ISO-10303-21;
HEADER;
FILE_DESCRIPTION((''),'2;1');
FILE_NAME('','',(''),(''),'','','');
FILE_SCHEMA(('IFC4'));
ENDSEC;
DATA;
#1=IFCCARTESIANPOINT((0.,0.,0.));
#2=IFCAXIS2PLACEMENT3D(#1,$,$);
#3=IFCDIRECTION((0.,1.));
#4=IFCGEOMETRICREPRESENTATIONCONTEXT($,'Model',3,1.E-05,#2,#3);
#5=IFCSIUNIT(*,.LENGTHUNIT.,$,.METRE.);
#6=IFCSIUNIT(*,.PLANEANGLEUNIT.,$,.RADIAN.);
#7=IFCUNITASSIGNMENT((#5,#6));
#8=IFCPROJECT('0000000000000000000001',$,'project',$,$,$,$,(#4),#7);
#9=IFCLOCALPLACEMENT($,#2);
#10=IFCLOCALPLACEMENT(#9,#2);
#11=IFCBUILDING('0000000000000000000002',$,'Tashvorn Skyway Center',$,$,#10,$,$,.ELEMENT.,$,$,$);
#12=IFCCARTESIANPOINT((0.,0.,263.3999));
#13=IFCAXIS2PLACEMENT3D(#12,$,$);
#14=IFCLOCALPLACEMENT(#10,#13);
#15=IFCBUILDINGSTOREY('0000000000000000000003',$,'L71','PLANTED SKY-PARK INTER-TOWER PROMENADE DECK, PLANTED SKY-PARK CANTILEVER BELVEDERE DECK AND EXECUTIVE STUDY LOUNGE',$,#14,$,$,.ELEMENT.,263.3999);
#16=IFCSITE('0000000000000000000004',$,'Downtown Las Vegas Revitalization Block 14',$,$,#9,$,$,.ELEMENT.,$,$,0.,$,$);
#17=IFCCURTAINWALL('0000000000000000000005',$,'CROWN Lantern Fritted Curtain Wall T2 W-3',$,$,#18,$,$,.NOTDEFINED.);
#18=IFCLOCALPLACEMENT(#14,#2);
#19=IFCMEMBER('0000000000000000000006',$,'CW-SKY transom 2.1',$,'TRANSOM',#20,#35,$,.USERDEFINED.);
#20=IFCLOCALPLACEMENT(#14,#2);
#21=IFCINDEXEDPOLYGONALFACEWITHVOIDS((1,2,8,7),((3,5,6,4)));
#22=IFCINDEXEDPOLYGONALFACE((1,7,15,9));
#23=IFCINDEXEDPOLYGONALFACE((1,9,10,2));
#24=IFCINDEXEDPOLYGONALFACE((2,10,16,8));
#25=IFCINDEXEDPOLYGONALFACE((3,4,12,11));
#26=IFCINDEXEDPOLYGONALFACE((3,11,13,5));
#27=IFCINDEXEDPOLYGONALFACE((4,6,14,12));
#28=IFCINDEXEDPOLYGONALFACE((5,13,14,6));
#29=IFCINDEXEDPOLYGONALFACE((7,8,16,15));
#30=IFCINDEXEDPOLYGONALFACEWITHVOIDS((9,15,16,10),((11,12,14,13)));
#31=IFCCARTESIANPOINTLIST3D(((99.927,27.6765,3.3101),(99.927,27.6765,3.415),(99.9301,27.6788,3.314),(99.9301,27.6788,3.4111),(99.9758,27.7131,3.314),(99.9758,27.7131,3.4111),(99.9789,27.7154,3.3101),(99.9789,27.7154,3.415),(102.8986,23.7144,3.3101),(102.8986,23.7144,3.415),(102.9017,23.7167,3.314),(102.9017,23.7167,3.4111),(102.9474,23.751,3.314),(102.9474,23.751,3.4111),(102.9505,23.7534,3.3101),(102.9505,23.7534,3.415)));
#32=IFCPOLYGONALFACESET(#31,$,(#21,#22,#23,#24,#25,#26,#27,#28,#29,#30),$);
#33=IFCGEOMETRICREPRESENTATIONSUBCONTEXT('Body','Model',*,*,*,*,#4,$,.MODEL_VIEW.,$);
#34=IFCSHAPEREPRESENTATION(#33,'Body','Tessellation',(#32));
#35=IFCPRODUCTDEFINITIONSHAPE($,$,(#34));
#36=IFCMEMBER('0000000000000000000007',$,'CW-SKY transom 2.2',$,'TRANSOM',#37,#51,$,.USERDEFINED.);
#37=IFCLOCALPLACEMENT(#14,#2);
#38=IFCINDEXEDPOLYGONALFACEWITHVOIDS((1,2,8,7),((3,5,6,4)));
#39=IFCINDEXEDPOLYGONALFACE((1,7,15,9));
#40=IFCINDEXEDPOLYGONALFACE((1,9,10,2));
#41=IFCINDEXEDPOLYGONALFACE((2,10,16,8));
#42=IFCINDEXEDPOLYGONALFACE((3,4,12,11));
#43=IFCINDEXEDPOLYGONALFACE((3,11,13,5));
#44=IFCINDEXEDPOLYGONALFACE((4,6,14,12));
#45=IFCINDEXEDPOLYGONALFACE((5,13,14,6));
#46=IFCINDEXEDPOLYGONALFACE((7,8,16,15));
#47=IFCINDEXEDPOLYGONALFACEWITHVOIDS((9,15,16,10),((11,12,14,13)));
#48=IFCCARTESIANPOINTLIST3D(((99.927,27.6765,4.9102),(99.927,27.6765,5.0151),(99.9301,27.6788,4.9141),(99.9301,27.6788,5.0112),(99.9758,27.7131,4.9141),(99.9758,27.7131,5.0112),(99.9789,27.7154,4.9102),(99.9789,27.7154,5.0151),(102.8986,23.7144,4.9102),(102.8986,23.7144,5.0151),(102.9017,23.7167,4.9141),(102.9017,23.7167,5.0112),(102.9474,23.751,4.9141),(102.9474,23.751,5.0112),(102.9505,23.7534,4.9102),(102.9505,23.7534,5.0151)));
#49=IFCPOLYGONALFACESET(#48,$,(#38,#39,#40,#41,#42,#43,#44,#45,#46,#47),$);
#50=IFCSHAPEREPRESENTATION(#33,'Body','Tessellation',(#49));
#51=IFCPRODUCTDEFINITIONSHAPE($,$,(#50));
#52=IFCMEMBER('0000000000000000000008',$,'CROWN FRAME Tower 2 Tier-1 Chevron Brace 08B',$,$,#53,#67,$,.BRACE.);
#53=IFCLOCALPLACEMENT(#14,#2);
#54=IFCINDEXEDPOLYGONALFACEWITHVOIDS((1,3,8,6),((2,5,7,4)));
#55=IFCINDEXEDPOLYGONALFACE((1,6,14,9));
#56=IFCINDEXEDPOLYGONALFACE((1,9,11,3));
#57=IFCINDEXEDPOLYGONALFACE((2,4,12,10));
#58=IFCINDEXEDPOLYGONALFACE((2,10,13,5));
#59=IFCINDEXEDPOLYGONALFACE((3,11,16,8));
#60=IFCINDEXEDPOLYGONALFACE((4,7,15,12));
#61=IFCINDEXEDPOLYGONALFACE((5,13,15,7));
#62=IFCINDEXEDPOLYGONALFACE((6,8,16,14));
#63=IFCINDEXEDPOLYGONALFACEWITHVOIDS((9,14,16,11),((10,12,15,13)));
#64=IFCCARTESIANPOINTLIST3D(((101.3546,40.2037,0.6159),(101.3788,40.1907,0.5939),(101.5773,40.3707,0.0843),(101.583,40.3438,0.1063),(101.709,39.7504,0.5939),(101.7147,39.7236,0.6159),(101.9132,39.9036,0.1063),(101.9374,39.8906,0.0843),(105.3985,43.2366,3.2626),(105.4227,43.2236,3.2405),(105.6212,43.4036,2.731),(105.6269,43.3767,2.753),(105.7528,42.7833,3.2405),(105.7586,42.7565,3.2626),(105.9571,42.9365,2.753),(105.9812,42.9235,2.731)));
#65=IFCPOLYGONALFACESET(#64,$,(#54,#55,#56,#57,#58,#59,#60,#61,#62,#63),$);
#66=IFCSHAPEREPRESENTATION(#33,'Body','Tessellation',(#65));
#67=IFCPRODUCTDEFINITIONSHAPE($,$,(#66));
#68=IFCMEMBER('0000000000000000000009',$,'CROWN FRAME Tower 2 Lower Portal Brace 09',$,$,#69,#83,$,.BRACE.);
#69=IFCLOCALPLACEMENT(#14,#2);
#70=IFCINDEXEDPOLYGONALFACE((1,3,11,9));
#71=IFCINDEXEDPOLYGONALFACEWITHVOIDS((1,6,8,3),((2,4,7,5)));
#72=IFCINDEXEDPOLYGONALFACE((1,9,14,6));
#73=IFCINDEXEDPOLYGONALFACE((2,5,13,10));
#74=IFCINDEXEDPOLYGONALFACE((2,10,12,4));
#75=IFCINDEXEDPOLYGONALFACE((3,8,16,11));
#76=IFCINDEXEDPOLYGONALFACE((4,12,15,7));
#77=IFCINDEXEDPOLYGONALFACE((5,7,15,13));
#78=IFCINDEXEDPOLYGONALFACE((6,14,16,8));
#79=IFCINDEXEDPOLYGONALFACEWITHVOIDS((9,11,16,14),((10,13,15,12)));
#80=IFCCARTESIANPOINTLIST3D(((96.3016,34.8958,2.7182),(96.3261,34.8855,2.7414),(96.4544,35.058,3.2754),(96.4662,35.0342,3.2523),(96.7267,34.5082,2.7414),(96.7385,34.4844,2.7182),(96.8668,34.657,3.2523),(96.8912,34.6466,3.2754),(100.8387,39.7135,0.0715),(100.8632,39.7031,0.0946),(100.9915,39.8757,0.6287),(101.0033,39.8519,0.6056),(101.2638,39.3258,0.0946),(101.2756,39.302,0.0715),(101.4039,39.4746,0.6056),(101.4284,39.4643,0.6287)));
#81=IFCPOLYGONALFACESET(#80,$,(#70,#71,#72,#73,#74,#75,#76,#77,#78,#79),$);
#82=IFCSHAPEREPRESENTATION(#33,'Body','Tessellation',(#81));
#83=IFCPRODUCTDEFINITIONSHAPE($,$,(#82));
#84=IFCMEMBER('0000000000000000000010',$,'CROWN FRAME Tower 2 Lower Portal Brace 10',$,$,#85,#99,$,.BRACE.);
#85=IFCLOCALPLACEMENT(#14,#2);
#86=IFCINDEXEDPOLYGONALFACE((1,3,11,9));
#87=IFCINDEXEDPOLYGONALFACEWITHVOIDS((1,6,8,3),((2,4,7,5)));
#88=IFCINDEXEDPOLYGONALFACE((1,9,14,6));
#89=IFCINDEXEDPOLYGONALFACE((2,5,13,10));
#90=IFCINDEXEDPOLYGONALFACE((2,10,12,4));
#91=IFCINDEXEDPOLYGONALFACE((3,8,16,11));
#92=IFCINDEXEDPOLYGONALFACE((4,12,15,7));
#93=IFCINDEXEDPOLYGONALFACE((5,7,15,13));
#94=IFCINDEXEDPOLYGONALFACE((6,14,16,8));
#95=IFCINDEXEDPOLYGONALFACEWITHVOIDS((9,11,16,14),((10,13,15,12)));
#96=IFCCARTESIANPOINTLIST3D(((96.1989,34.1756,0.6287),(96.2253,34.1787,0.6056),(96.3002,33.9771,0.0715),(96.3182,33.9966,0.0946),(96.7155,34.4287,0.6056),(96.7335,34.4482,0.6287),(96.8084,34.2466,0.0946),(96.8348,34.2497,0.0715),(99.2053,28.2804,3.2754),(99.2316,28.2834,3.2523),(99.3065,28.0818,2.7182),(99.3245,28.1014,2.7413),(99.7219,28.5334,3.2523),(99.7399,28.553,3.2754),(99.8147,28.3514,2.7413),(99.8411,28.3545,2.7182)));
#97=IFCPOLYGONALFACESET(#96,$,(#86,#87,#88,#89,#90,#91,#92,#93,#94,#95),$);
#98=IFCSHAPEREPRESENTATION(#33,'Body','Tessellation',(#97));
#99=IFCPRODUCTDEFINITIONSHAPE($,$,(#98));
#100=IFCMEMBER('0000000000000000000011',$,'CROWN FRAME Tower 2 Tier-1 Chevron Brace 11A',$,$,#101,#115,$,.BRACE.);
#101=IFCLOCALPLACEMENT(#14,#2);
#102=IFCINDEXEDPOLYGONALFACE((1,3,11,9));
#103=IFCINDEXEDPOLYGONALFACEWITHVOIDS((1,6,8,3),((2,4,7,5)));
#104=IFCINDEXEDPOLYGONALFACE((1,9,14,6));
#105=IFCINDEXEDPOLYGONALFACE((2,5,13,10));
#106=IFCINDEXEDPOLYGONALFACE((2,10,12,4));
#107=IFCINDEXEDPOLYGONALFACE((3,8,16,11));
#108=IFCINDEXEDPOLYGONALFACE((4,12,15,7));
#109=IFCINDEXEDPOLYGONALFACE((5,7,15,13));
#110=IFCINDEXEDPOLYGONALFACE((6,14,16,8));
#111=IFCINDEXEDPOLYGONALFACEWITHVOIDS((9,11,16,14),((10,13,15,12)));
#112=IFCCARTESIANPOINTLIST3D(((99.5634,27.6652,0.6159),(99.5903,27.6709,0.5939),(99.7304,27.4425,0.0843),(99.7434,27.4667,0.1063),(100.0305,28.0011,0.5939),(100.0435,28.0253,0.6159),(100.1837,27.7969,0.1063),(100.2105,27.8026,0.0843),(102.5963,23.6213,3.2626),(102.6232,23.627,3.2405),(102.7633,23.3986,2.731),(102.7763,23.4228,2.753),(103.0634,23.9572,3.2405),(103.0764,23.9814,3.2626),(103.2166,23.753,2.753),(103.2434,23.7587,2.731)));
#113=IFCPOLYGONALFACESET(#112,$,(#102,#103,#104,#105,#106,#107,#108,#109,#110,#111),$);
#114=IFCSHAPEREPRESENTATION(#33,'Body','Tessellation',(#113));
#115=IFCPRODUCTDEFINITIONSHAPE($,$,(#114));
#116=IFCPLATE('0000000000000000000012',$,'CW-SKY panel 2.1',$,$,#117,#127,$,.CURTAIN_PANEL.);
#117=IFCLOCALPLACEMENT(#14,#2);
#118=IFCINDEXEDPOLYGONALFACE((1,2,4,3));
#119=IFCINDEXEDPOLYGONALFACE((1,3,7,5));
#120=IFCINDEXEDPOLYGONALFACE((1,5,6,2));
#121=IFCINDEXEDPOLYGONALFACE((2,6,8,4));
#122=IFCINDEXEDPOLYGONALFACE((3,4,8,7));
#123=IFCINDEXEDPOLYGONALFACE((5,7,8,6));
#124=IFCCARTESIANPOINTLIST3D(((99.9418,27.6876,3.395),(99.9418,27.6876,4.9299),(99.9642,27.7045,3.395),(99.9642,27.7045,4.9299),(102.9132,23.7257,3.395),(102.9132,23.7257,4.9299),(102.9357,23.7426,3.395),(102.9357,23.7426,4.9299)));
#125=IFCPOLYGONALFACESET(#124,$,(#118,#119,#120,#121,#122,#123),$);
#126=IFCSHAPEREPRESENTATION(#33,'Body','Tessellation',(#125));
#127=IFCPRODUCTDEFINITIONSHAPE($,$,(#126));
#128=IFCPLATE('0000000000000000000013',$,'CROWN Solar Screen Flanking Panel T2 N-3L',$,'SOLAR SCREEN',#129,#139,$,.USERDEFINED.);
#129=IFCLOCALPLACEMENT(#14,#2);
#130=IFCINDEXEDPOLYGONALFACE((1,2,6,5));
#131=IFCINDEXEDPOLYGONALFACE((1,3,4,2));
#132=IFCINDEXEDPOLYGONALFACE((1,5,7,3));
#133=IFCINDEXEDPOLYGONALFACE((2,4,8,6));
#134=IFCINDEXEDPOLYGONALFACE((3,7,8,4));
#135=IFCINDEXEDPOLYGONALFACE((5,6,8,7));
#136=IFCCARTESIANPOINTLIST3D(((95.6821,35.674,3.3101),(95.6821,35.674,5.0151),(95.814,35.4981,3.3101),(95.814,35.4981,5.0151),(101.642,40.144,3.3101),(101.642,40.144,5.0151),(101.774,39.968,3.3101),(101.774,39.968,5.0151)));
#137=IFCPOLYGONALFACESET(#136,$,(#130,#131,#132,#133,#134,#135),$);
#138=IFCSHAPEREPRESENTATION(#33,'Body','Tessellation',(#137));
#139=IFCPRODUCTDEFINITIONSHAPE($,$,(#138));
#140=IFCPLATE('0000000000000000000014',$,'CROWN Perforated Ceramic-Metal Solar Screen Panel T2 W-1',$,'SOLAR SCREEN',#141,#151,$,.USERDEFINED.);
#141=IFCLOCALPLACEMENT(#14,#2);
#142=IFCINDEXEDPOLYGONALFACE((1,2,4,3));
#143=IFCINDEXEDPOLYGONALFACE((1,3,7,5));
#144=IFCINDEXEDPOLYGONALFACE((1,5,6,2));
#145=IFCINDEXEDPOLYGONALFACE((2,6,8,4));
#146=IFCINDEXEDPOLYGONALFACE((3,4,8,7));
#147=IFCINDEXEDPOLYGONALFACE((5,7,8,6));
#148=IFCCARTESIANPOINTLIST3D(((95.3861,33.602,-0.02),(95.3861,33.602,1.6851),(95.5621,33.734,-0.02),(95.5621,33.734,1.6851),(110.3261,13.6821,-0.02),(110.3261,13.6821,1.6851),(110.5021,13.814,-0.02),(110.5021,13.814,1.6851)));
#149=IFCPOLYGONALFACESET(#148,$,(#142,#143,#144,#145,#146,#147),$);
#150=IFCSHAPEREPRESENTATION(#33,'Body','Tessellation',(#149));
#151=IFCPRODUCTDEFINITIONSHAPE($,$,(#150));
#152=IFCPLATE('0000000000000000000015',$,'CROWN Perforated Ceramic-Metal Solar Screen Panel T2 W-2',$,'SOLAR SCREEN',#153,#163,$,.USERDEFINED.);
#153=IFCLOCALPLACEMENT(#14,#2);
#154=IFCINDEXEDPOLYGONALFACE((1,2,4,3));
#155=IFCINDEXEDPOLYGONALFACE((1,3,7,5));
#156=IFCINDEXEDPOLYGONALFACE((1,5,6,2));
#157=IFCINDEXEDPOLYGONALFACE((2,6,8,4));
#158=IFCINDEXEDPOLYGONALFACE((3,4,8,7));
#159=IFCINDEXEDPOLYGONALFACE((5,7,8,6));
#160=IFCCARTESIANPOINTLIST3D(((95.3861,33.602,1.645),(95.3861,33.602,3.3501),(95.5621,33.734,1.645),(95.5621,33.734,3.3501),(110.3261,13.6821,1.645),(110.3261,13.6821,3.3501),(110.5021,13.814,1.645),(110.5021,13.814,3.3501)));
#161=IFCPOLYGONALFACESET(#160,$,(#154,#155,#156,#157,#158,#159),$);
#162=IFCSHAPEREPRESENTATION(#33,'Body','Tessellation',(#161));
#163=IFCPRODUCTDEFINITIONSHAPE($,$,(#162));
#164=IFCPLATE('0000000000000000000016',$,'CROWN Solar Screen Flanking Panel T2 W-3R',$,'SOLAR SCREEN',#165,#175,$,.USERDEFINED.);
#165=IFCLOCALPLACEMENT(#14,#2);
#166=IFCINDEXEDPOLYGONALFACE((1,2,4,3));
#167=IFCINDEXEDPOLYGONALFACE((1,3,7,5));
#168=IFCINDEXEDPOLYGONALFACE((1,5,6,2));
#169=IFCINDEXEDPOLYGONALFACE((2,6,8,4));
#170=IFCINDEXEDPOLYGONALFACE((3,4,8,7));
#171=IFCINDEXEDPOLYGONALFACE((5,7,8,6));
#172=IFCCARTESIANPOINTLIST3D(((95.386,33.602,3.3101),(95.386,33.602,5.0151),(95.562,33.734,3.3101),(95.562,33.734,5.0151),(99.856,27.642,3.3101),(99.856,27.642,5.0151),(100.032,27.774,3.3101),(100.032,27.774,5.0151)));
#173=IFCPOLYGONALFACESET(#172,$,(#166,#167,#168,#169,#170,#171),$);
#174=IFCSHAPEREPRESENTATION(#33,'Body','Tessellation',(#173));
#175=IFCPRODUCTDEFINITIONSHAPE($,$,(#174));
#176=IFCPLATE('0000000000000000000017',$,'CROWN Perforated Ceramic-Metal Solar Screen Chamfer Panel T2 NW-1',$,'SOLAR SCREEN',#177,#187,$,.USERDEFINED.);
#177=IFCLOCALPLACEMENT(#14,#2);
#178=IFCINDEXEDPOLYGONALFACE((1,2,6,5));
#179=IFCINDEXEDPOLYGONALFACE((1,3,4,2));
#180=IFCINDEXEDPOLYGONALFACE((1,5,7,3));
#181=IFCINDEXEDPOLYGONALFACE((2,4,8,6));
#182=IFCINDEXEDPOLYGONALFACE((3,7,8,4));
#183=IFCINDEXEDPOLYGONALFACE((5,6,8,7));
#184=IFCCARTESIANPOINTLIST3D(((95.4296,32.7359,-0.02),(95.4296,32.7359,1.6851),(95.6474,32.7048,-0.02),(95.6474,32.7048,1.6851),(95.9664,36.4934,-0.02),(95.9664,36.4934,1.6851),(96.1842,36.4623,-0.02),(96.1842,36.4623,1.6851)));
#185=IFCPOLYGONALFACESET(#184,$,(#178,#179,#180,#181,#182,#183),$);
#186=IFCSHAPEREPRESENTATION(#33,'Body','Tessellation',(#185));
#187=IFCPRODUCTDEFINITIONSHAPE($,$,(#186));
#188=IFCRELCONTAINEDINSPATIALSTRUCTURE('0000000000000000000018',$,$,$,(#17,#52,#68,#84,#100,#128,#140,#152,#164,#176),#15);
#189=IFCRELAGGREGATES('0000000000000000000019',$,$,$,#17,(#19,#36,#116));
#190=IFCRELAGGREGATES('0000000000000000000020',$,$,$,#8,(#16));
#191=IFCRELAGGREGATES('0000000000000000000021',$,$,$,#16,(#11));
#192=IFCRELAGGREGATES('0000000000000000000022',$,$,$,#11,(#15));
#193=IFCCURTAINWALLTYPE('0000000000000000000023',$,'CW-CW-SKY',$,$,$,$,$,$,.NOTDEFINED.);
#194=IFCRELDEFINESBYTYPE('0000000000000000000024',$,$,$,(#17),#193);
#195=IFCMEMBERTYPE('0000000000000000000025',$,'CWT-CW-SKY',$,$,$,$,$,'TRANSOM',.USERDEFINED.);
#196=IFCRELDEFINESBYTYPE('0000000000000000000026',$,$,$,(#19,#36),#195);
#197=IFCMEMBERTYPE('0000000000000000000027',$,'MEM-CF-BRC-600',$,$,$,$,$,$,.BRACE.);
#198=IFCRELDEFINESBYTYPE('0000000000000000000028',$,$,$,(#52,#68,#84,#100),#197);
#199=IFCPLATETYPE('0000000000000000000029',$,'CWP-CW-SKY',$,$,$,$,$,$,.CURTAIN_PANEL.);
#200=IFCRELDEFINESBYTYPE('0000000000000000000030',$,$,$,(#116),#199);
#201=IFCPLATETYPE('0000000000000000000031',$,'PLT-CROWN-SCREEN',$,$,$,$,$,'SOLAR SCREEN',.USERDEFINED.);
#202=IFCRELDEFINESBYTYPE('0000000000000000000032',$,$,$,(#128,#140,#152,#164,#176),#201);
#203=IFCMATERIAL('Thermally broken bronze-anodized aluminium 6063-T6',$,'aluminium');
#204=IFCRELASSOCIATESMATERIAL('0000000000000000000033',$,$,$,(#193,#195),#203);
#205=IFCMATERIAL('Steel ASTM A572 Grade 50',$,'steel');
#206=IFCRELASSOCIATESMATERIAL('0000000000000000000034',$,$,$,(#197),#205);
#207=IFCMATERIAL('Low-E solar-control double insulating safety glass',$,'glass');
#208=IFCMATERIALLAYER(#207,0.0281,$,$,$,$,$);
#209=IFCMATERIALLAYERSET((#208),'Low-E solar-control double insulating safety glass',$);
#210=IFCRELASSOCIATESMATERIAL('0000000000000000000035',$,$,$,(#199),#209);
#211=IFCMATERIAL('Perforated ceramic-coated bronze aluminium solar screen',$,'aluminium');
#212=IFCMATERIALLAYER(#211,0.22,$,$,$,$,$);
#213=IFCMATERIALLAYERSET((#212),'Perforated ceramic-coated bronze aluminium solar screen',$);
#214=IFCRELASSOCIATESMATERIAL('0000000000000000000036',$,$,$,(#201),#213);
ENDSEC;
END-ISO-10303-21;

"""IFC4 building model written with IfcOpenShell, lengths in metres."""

from ifc_helpers import new_model, si_unit, direction, frame, origin, origin_2d, place, context, subcontext, project, spatial, rectangle, hollow_rectangle, extrude, material, layer, layer_set, material_profile, profile_set, type_object, element, aggregate, save


model = new_model("IFC4")

# Units and contexts
model_context = context("Model", 3, precision=1e-05, world=origin(), true_north=direction((0.0, 1.0)))
body_context = subcontext(model_context, "Body", "Model", "MODEL_VIEW")
ifc_project = project(units=[si_unit("LENGTHUNIT", "METRE"), si_unit("PLANEANGLEUNIT", "RADIAN")], contexts=[model_context])

# Site, building, storey
site_placement = place(None, origin())
site = spatial("IfcSite", under=ifc_project, at=site_placement, Name="Downtown Las Vegas Revitalization Block 14", CompositionType="ELEMENT", RefElevation=0.0)
building_placement = place(site_placement, origin())
building = spatial("IfcBuilding", under=site, at=building_placement, Name="Tashvorn Skyway Center", CompositionType="ELEMENT")
storey_placement = place(building_placement, frame((0.0, 0.0, 263.3999)))
storey = spatial("IfcBuildingStorey", under=building, at=storey_placement, Name="L71", Description="PLANTED SKY-PARK INTER-TOWER PROMENADE DECK, PLANTED SKY-PARK CANTILEVER BELVEDERE DECK AND EXECUTIVE STUDY LOUNGE", CompositionType="ELEMENT", Elevation=263.3999)

# Shared definitions
ifc_material_1 = material(Name="Steel ASTM A572 Grade 50", Category="steel")

# Shared definitions
ifc_material_2 = material(Name="Thermally broken bronze-anodized aluminium 6063-T6", Category="aluminium")
curtain_wall_type = type_object("IfcCurtainWallType", Name="CW-CW-SKY", PredefinedType="NOTDEFINED", material=ifc_material_2)

# Curtain wall
curtain_wall_1_placement = place(storey_placement, origin())
curtain_wall_1 = element("IfcCurtainWall", 1, at=curtain_wall_1_placement, inside=storey, type_object=curtain_wall_type, Name="CROWN Lantern Fritted Curtain Wall T2 W-3", PredefinedType="NOTDEFINED")

# Members
ifc_material_profile_1 = material_profile(ifc_material_2, hollow_rectangle(XDim=0.0649, YDim=0.105, WallThickness=0.0039, at=origin_2d()), Name="ALU-TRAN-65x105")
ifc_profile_set_1 = profile_set([ifc_material_profile_1], Name="Thermally broken bronze-anodized aluminium 6063-T6")
member_type_1 = type_object("IfcMemberType", Name="CWT-CW-SKY", ElementType="TRANSOM", PredefinedType="USERDEFINED", material=ifc_profile_set_1)
member_1_placement = place(storey_placement, frame((102.9246, 23.7339, 3.3625), z_axis=(-0.600008, 0.799994, 0.0), x_axis=(-0.799994, -0.600008, 0.0)))
member_1 = element("IfcMember", 2, at=member_1_placement, type_object=member_type_1, Name="CW-SKY transom 2.1", ObjectType="TRANSOM", PredefinedType="USERDEFINED", context=body_context, shape_type="SweptSolid", body=[
    extrude(hollow_rectangle(XDim=0.0649, YDim=0.105, WallThickness=0.0039, at=origin_2d()), origin(), (0.0, 0.0, 1.0), 4.9526),
])
member_2_placement = place(storey_placement, frame((102.9246, 23.7339, 4.9626), z_axis=(-0.600008, 0.799994, 0.0), x_axis=(-0.799994, -0.600008, 0.0)))
member_2 = element("IfcMember", 3, at=member_2_placement, type_object=member_type_1, Name="CW-SKY transom 2.2", ObjectType="TRANSOM", PredefinedType="USERDEFINED", context=body_context, shape_type="SweptSolid", body=[
    extrude(hollow_rectangle(XDim=0.0649, YDim=0.105, WallThickness=0.0039, at=origin_2d()), origin(), (0.0, 0.0, 1.0), 4.9526),
])

# Members
ifc_material_profile_2 = material_profile(ifc_material_1, hollow_rectangle(XDim=0.6001, YDim=0.6001, WallThickness=0.0249, at=origin_2d()), Name="BOX600x600x25")
ifc_profile_set_2 = profile_set([ifc_material_profile_2], Name="Steel ASTM A572 Grade 50")
member_type_2 = type_object("IfcMemberType", Name="MEM-CF-BRC-600", PredefinedType="BRACE", material=ifc_profile_set_2)
member_3_placement = place(storey_placement, frame((101.646, 40.0471, 0.3501), z_axis=(0.708728, 0.531546, 0.463857), x_axis=(-0.6, 0.8, 0.0)))
element("IfcMember", 4, at=member_3_placement, inside=storey, type_object=member_type_2, Name="CROWN FRAME Tower 2 Tier-1 Chevron Brace 08B", PredefinedType="BRACE", context=body_context, shape_type="SweptSolid", body=[
    extrude(hollow_rectangle(XDim=0.6001, YDim=0.6001, WallThickness=0.0249, at=origin_2d()), origin(), (0.0, 0.0, 1.0), 5.7058),
])
member_4_placement = place(storey_placement, frame((101.1335, 39.5889, 0.3501), z_axis=(-0.636571, -0.675929, 0.371345), x_axis=(0.727983, -0.685595, 0.0)))
element("IfcMember", 5, at=member_4_placement, inside=storey, type_object=member_type_2, Name="CROWN FRAME Tower 2 Lower Portal Brace 09", PredefinedType="BRACE", context=body_context, shape_type="SweptSolid", body=[
    extrude(hollow_rectangle(XDim=0.6001, YDim=0.6001, WallThickness=0.0249, at=origin_2d()), origin(), (0.0, 0.0, 1.0), 7.1274),
])
member_5_placement = place(storey_placement, frame((96.5168, 34.2126, 0.3501), z_axis=(0.421811, -0.827146, 0.371354), x_axis=(0.89085, 0.454298, 0.0)))
element("IfcMember", 6, at=member_5_placement, inside=storey, type_object=member_type_2, Name="CROWN FRAME Tower 2 Lower Portal Brace 10", PredefinedType="BRACE", context=body_context, shape_type="SweptSolid", body=[
    extrude(hollow_rectangle(XDim=0.6001, YDim=0.6001, WallThickness=0.0249, at=origin_2d()), origin(), (0.0, 0.0, 1.0), 7.1272),
])
member_6_placement = place(storey_placement, frame((99.887, 27.7339, 0.3501), z_axis=(0.531546, -0.708728, 0.463857), x_axis=(0.8, 0.6, 0.0)))
element("IfcMember", 7, at=member_6_placement, inside=storey, type_object=member_type_2, Name="CROWN FRAME Tower 2 Tier-1 Chevron Brace 11A", PredefinedType="BRACE", context=body_context, shape_type="SweptSolid", body=[
    extrude(hollow_rectangle(XDim=0.6001, YDim=0.6001, WallThickness=0.0249, at=origin_2d()), origin(), (0.0, 0.0, 1.0), 5.7058),
])

# Plate
ifc_material_3 = material(Name="Low-E solar-control double insulating safety glass", Category="glass")
ifc_layer_1 = layer(ifc_material_3, 0.0281)
ifc_layer_set_1 = layer_set([ifc_layer_1], Name="Low-E solar-control double insulating safety glass")
plate_type_1 = type_object("IfcPlateType", Name="CWP-CW-SKY", PredefinedType="CURTAIN_PANEL", material=ifc_layer_set_1)
plate_1_placement = place(storey_placement, frame((101.4387, 25.7151, 3.395), z_axis=(0.0, 0.0, 1.0), x_axis=(-0.6, 0.8, 0.0)))
plate_1 = element("IfcPlate", 8, at=plate_1_placement, type_object=plate_type_1, Name="CW-SKY panel 2.1", PredefinedType="CURTAIN_PANEL", context=body_context, shape_type="SweptSolid", body=[
    extrude(rectangle(XDim=4.9524, YDim=0.0281, at=origin_2d()), origin(), (0.0, 0.0, 1.0), 1.5349),
])
aggregate(curtain_wall_1, [member_1, member_2, plate_1])

# Plates
ifc_material_4 = material(Name="Perforated ceramic-coated bronze aluminium solar screen", Category="aluminium")
ifc_layer_2 = layer(ifc_material_4, 0.22)
ifc_layer_set_2 = layer_set([ifc_layer_2], Name="Perforated ceramic-coated bronze aluminium solar screen")
plate_type_2 = type_object("IfcPlateType", Name="PLT-CROWN-SCREEN", ElementType="SOLAR SCREEN", PredefinedType="USERDEFINED", material=ifc_layer_set_2)
plate_2_placement = place(storey_placement, frame((98.728, 37.821, 3.3101), z_axis=(0.0, 0.0, 1.0), x_axis=(-0.8, -0.6, 0.0)))
element("IfcPlate", 9, at=plate_2_placement, inside=storey, type_object=plate_type_2, Name="CROWN Solar Screen Flanking Panel T2 N-3L", ObjectType="SOLAR SCREEN", PredefinedType="USERDEFINED", context=body_context, shape_type="SweptSolid", body=[
    extrude(rectangle(XDim=7.45, YDim=0.22, at=origin_2d()), origin(), (0.0, 0.0, 1.0), 1.7051),
])
for number, where, z_axis, x_axis, name in (
    (10, (102.9441, 23.708, -0.02), (0.0, 0.0, 1.0), (0.6, -0.8, 0.0), "CROWN Perforated Ceramic-Metal Solar Screen Panel T2 W-1"),
    (11, (102.9441, 23.708, 1.645), (0.0, 0.0, 1.0), (0.6, -0.8, 0.0), "CROWN Perforated Ceramic-Metal Solar Screen Panel T2 W-2"),
):
    element("IfcPlate", number, at=place(storey_placement, frame(where, z_axis=z_axis, x_axis=x_axis)), inside=storey, type_object=plate_type_2, Name=name, ObjectType="SOLAR SCREEN", PredefinedType="USERDEFINED", context=body_context, shape_type="SweptSolid", body=[
        extrude(rectangle(XDim=24.8999, YDim=0.22, at=origin_2d()), origin(), (0.0, 0.0, 1.0), 1.7051),
    ])
plate_3_placement = place(storey_placement, frame((97.709, 30.688, 3.3101), z_axis=(0.0, 0.0, 1.0), x_axis=(0.6, -0.8, 0.0)))
element("IfcPlate", 12, at=plate_3_placement, inside=storey, type_object=plate_type_2, Name="CROWN Solar Screen Flanking Panel T2 W-3R", ObjectType="SOLAR SCREEN", PredefinedType="USERDEFINED", context=body_context, shape_type="SweptSolid", body=[
    extrude(rectangle(XDim=7.45, YDim=0.22, at=origin_2d()), origin(), (0.0, 0.0, 1.0), 1.7051),
])
for number, where, z_axis, x_axis, name in (
    (13, (95.8069, 34.5991, -0.02), (0.0, 0.0, 1.0), (-0.141421, -0.989949, 0.0), "CROWN Perforated Ceramic-Metal Solar Screen Chamfer Panel T2 NW-1"),
):
    element("IfcPlate", number, at=place(storey_placement, frame(where, z_axis=z_axis, x_axis=x_axis)), inside=storey, type_object=plate_type_2, Name=name, ObjectType="SOLAR SCREEN", PredefinedType="USERDEFINED", context=body_context, shape_type="SweptSolid", body=[
        extrude(rectangle(XDim=3.7957, YDim=0.22, at=origin_2d()), origin(), (0.0, 0.0, 1.0), 1.7051),
    ])

save(model, "model.ifc")
